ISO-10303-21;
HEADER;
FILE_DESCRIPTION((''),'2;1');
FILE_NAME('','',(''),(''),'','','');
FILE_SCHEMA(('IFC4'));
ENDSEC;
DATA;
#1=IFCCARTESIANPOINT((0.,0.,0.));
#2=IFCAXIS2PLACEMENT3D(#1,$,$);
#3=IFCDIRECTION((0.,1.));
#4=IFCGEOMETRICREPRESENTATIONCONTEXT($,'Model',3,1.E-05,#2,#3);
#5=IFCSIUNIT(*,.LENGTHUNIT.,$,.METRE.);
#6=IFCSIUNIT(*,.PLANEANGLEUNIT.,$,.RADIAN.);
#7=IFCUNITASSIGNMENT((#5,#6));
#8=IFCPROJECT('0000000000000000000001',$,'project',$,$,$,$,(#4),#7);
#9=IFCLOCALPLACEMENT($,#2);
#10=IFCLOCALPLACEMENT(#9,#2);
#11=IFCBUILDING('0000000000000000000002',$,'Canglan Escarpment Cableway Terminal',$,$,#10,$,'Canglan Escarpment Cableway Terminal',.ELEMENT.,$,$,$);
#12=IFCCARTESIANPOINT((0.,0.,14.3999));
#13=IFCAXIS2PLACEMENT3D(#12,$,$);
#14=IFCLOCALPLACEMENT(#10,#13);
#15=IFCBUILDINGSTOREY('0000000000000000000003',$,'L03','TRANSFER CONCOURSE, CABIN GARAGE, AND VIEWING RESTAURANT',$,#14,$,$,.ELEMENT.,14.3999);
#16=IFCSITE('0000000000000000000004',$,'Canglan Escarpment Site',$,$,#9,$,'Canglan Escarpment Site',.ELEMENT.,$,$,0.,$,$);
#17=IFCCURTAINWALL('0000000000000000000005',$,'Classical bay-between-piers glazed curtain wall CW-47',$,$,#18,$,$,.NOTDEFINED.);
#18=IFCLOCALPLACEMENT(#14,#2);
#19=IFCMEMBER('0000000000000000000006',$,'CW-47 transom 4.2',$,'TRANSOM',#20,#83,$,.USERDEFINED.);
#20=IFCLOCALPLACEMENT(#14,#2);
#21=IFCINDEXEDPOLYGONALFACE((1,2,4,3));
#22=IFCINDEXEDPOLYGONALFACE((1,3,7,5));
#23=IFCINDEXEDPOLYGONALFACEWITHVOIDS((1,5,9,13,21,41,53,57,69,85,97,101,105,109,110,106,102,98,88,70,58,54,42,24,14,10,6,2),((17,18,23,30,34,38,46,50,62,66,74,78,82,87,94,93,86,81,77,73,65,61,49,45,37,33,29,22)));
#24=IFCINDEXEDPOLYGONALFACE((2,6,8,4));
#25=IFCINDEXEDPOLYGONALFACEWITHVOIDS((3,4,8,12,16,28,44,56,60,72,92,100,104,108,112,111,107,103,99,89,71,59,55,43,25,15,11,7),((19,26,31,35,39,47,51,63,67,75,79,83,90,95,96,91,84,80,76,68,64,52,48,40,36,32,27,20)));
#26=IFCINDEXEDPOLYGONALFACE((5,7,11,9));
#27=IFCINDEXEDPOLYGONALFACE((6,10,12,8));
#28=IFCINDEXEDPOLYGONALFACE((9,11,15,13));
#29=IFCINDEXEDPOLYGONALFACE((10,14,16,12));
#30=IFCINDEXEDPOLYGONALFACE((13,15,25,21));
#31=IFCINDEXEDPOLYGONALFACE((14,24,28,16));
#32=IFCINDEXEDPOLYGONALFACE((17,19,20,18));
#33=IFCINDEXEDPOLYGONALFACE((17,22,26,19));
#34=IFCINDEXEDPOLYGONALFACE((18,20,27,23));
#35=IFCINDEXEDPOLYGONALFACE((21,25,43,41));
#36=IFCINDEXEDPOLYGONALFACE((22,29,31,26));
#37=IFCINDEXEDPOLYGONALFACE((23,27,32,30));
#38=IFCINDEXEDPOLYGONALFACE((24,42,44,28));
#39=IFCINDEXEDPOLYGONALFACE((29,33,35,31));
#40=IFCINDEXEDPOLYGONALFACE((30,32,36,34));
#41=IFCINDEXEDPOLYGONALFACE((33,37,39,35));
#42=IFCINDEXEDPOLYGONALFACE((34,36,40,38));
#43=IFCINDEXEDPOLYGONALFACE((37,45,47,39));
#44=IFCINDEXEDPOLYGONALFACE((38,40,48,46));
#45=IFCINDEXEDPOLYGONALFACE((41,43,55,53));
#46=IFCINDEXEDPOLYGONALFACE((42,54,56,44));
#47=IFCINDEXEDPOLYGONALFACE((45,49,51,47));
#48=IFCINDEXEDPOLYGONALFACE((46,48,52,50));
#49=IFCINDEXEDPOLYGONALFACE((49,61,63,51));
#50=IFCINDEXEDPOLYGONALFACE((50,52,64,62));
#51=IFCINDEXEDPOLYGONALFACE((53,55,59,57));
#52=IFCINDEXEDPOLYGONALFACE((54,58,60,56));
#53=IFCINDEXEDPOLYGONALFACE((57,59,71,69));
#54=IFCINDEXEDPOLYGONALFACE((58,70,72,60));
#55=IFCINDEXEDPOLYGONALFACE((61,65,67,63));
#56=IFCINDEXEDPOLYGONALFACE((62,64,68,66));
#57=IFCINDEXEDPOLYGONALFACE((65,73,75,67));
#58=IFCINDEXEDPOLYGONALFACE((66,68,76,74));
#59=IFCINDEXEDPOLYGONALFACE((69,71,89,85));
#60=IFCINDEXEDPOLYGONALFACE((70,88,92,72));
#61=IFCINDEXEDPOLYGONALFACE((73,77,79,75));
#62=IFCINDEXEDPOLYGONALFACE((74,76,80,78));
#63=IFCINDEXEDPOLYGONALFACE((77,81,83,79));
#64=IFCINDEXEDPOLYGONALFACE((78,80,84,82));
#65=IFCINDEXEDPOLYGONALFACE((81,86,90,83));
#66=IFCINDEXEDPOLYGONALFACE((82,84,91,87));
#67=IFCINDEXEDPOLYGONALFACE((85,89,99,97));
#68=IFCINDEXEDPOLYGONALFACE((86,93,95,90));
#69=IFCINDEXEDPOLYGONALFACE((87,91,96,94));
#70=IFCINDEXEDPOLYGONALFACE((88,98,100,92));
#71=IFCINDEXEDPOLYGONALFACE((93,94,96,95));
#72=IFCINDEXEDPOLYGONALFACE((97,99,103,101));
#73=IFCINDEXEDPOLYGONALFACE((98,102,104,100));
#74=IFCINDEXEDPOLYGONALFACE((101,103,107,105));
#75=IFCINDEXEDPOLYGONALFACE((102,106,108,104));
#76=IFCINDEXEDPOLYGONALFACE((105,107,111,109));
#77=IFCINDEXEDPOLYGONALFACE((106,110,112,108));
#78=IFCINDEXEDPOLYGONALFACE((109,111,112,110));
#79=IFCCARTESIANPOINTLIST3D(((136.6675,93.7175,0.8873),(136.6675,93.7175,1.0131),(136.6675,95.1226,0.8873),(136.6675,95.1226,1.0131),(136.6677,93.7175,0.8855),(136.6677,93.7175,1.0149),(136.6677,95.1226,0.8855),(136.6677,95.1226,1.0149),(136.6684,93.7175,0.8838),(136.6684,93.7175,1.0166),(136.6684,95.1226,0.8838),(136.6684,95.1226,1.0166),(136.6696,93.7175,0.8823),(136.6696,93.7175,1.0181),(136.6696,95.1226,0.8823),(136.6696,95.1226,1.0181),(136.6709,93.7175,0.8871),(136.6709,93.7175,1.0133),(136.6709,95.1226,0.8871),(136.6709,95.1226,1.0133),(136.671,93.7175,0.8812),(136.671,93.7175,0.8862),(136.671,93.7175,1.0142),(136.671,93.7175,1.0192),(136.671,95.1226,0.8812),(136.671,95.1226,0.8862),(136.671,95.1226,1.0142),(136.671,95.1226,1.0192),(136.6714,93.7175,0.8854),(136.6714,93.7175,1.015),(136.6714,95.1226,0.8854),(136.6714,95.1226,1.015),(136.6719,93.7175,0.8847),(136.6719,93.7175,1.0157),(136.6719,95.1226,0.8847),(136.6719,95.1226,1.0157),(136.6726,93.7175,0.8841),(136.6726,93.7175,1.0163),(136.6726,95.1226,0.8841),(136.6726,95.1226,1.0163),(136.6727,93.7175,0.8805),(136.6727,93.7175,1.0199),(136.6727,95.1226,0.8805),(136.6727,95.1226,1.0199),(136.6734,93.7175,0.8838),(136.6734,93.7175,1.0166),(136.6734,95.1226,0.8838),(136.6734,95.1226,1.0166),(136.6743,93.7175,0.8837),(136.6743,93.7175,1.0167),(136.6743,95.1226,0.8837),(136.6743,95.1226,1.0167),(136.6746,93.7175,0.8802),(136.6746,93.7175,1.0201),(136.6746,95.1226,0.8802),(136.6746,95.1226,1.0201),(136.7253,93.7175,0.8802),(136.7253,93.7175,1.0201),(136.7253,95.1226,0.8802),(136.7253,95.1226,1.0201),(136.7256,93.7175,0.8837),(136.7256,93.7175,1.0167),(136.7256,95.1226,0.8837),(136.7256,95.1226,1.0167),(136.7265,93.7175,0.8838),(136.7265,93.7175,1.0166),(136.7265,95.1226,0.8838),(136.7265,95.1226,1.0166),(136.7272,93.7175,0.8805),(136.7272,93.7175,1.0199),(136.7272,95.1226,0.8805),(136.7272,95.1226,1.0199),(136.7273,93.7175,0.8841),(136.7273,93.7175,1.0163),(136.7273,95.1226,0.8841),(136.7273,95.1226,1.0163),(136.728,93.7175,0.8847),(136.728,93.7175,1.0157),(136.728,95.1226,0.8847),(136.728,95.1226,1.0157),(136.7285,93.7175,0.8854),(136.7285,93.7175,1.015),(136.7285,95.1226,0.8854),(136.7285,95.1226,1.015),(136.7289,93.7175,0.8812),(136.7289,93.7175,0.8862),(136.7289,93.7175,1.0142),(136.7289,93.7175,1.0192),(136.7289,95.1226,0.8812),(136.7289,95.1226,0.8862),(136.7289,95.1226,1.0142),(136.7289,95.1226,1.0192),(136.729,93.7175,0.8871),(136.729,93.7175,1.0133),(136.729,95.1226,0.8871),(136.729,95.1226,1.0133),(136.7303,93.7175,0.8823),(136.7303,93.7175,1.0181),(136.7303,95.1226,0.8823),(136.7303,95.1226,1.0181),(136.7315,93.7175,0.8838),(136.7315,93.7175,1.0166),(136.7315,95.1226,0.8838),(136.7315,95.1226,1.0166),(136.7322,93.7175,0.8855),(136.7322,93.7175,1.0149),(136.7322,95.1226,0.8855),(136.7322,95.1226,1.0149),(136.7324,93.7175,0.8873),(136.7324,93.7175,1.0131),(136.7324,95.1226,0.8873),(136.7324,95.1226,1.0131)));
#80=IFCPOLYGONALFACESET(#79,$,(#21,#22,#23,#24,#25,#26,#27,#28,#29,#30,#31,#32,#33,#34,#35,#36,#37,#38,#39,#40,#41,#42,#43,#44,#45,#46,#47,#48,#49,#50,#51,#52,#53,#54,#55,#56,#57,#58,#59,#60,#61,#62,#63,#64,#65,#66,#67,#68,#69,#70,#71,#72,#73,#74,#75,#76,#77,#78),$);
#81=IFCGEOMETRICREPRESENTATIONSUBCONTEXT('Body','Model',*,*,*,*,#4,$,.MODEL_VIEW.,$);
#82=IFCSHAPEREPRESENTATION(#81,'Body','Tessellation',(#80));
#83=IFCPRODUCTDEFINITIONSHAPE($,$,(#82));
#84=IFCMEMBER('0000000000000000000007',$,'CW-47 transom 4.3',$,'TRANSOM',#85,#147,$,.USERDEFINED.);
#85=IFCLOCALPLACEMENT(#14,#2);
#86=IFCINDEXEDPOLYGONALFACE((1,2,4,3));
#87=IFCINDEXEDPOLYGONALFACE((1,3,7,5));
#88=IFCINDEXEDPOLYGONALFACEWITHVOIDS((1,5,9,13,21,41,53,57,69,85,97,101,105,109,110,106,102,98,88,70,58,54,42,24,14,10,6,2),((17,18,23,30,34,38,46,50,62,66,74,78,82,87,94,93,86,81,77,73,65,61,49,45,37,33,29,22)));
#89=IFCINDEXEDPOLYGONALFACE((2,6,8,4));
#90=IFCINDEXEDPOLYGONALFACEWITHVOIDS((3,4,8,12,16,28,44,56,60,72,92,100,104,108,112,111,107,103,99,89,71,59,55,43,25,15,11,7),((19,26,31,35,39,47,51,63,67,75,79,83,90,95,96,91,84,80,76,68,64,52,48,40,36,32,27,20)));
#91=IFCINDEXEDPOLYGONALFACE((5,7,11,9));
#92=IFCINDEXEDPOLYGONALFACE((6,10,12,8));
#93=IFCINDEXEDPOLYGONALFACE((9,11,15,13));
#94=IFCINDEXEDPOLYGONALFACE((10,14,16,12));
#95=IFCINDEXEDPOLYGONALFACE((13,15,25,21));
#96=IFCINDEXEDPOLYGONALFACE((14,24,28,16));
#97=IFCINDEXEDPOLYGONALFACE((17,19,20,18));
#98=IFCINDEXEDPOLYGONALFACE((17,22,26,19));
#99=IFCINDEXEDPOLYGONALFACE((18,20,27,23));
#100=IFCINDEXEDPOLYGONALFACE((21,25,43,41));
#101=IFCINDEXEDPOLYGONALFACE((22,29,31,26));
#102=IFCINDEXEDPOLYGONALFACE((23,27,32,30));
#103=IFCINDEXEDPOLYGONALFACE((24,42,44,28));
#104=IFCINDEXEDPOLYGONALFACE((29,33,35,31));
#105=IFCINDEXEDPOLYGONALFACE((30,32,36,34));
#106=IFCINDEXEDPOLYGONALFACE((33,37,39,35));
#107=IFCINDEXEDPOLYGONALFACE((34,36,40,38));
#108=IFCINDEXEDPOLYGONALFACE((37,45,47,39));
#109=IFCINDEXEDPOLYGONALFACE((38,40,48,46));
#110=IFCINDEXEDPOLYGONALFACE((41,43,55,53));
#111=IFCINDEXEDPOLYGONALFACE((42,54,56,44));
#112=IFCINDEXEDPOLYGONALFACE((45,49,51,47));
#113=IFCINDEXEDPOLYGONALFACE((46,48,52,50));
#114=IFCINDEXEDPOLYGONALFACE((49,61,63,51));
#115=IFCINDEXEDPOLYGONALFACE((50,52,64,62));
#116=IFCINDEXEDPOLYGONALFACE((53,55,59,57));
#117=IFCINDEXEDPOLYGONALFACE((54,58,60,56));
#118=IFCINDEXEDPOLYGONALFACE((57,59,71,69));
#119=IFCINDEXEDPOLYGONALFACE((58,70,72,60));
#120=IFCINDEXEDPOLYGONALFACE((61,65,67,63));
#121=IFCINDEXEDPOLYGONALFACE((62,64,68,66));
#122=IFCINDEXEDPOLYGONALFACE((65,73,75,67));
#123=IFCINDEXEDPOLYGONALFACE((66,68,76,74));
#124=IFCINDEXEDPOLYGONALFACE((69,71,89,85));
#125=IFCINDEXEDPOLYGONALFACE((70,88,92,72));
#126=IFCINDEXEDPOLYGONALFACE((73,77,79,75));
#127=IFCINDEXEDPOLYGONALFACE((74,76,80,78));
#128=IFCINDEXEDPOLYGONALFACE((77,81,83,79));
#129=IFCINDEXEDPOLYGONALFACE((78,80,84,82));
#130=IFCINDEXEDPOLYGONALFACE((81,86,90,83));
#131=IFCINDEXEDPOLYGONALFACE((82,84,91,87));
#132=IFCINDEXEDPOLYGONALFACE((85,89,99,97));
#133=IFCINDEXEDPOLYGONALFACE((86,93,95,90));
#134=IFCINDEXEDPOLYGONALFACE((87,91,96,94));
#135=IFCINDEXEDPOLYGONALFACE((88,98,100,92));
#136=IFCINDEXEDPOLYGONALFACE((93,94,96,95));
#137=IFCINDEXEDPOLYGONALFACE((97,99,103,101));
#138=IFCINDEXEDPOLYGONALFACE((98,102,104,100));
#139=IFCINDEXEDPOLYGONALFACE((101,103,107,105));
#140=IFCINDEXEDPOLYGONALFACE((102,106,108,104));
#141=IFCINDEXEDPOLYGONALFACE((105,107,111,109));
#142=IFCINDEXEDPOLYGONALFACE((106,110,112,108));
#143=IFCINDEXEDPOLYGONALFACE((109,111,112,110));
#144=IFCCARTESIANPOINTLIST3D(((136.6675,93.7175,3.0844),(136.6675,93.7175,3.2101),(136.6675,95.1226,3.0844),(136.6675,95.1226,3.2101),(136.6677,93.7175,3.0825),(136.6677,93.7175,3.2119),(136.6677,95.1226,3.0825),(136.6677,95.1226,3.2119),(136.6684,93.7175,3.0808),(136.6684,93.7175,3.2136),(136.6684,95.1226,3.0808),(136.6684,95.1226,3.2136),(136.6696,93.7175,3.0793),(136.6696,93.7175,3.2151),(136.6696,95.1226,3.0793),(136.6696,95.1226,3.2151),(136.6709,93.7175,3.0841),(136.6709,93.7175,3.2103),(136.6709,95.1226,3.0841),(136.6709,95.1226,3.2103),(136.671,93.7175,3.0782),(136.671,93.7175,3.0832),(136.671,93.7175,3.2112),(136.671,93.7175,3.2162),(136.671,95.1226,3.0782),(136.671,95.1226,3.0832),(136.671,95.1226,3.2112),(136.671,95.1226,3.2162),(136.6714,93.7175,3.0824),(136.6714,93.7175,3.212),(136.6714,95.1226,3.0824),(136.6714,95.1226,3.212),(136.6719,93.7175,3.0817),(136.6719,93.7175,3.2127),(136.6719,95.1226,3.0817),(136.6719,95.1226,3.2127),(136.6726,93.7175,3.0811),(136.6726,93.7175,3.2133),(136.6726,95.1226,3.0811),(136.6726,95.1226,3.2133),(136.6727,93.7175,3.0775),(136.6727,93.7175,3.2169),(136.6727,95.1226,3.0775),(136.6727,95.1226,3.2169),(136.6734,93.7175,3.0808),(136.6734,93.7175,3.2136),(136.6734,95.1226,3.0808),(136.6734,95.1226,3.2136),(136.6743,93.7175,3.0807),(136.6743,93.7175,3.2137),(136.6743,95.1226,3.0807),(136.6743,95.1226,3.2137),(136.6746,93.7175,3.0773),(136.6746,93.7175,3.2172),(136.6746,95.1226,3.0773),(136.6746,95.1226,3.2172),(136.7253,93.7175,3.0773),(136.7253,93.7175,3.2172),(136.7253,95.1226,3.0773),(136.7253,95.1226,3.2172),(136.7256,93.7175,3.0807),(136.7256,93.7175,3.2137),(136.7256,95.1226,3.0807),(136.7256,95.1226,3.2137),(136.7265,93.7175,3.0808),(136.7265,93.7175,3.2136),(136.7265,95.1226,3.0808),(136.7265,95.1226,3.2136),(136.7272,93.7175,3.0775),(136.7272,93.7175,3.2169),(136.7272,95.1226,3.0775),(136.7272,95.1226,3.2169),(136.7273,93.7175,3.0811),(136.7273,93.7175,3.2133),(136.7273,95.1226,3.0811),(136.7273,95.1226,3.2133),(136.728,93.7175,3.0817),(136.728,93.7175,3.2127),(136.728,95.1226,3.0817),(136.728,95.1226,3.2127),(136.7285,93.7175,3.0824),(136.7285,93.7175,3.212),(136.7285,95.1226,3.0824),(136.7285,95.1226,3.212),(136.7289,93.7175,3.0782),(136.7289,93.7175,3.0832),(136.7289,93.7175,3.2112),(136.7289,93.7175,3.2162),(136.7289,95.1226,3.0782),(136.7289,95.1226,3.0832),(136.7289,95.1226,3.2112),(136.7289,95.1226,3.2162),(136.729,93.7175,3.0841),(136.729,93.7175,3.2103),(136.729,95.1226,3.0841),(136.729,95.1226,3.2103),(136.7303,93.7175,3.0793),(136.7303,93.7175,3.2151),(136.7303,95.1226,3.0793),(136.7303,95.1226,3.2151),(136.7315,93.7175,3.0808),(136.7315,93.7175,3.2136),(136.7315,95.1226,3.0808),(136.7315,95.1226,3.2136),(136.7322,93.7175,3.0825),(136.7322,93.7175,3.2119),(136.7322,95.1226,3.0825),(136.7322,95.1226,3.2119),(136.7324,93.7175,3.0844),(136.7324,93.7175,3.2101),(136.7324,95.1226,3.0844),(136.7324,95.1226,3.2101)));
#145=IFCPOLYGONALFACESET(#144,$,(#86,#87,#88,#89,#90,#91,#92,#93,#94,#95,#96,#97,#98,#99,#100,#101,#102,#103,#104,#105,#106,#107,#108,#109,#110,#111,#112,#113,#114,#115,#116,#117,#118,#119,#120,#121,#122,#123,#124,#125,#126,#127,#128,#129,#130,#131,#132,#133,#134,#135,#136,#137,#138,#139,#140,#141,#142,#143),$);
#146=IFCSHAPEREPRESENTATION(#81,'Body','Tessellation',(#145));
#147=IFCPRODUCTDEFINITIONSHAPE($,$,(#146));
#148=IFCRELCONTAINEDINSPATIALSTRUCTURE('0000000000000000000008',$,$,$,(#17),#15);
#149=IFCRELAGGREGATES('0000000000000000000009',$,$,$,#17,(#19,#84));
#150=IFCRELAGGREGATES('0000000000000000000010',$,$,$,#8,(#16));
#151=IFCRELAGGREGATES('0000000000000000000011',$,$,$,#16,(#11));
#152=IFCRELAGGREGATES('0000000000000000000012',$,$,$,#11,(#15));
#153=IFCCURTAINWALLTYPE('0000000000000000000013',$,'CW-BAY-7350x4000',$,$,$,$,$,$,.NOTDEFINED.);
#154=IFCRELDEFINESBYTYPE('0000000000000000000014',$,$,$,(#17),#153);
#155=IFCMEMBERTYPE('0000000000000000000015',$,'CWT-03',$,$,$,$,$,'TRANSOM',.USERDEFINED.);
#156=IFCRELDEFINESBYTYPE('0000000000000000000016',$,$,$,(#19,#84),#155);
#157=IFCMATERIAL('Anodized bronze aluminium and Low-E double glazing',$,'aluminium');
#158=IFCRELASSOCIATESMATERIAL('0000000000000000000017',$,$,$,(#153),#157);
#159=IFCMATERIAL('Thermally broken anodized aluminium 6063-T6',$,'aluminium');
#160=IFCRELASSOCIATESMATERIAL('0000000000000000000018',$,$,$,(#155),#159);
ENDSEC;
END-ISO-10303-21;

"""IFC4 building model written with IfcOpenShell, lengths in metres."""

from ifc_helpers import new_model, si_unit, direction, frame, origin, origin_2d, place, context, subcontext, project, spatial, hollow_rectangle, extrude, material, material_profile, profile_set, type_object, element, aggregate, save


model = new_model("IFC4")

# Units and contexts
model_context = context("Model", 3, precision=1e-05, world=origin(), true_north=direction((0.0, 1.0)))
body_context = subcontext(model_context, "Body", "Model", "MODEL_VIEW")
ifc_project = project(units=[si_unit("LENGTHUNIT", "METRE"), si_unit("PLANEANGLEUNIT", "RADIAN")], contexts=[model_context])

# Site, building, storey
site_placement = place(None, origin())
site = spatial("IfcSite", under=ifc_project, at=site_placement, Name="Canglan Escarpment Site", LongName="Canglan Escarpment Site", CompositionType="ELEMENT", RefElevation=0.0)
building_placement = place(site_placement, origin())
building = spatial("IfcBuilding", under=site, at=building_placement, Name="Canglan Escarpment Cableway Terminal", LongName="Canglan Escarpment Cableway Terminal", CompositionType="ELEMENT")
storey_placement = place(building_placement, frame((0.0, 0.0, 14.3999)))
storey = spatial("IfcBuildingStorey", under=building, at=storey_placement, Name="L03", Description="TRANSFER CONCOURSE, CABIN GARAGE, AND VIEWING RESTAURANT", CompositionType="ELEMENT", Elevation=14.3999)

# Shared definitions
ifc_material_1 = material(Name="Anodized bronze aluminium and Low-E double glazing", Category="aluminium")
ifc_material_2 = material(Name="Thermally broken anodized aluminium 6063-T6", Category="aluminium")

# Curtain wall
curtain_wall_type_1 = type_object("IfcCurtainWallType", Name="CW-BAY-7350x4000", PredefinedType="NOTDEFINED", material=ifc_material_1)
curtain_wall_1_placement = place(storey_placement, origin())
curtain_wall_1 = element("IfcCurtainWall", 1, at=curtain_wall_1_placement, inside=storey, type_object=curtain_wall_type_1, Name="Classical bay-between-piers glazed curtain wall CW-47", PredefinedType="NOTDEFINED")

# Members
ifc_material_profile_1 = material_profile(ifc_material_2, hollow_rectangle(XDim=0.0649, YDim=0.1399, WallThickness=0.0034, InnerFilletRadius=0.0034, OuterFilletRadius=0.0071, at=origin_2d()), Name="ALU-TRAN 65x140x3.5")
ifc_profile_set_1 = profile_set([ifc_material_profile_1], Name="Thermally broken anodized aluminium 6063-T6")
member_type_1 = type_object("IfcMemberType", Name="CWT-03", ElementType="TRANSOM", PredefinedType="USERDEFINED", material=ifc_profile_set_1)
member_1_placement = place(storey_placement, frame((136.7, 93.7175, 0.9502), z_axis=(0.0, 1.0, 0.0), x_axis=(-1.0, 0.0, 0.0)))
member_1 = element("IfcMember", 2, at=member_1_placement, type_object=member_type_1, Name="CW-47 transom 4.2", ObjectType="TRANSOM", PredefinedType="USERDEFINED", context=body_context, shape_type="SweptSolid", body=[
    extrude(hollow_rectangle(XDim=0.0649, YDim=0.1399, WallThickness=0.0034, InnerFilletRadius=0.0034, OuterFilletRadius=0.0071, at=origin_2d()), origin(), (0.0, 0.0, 1.0), 1.405),
])
member_2_placement = place(storey_placement, frame((136.7, 93.7175, 3.1472), z_axis=(0.0, 1.0, 0.0), x_axis=(-1.0, 0.0, 0.0)))
member_2 = element("IfcMember", 3, at=member_2_placement, type_object=member_type_1, Name="CW-47 transom 4.3", ObjectType="TRANSOM", PredefinedType="USERDEFINED", context=body_context, shape_type="SweptSolid", body=[
    extrude(hollow_rectangle(XDim=0.0649, YDim=0.1399, WallThickness=0.0034, InnerFilletRadius=0.0034, OuterFilletRadius=0.0071, at=origin_2d()), origin(), (0.0, 0.0, 1.0), 1.405),
])

aggregate(curtain_wall_1, [member_1, member_2])

save(model, "model.ifc")
